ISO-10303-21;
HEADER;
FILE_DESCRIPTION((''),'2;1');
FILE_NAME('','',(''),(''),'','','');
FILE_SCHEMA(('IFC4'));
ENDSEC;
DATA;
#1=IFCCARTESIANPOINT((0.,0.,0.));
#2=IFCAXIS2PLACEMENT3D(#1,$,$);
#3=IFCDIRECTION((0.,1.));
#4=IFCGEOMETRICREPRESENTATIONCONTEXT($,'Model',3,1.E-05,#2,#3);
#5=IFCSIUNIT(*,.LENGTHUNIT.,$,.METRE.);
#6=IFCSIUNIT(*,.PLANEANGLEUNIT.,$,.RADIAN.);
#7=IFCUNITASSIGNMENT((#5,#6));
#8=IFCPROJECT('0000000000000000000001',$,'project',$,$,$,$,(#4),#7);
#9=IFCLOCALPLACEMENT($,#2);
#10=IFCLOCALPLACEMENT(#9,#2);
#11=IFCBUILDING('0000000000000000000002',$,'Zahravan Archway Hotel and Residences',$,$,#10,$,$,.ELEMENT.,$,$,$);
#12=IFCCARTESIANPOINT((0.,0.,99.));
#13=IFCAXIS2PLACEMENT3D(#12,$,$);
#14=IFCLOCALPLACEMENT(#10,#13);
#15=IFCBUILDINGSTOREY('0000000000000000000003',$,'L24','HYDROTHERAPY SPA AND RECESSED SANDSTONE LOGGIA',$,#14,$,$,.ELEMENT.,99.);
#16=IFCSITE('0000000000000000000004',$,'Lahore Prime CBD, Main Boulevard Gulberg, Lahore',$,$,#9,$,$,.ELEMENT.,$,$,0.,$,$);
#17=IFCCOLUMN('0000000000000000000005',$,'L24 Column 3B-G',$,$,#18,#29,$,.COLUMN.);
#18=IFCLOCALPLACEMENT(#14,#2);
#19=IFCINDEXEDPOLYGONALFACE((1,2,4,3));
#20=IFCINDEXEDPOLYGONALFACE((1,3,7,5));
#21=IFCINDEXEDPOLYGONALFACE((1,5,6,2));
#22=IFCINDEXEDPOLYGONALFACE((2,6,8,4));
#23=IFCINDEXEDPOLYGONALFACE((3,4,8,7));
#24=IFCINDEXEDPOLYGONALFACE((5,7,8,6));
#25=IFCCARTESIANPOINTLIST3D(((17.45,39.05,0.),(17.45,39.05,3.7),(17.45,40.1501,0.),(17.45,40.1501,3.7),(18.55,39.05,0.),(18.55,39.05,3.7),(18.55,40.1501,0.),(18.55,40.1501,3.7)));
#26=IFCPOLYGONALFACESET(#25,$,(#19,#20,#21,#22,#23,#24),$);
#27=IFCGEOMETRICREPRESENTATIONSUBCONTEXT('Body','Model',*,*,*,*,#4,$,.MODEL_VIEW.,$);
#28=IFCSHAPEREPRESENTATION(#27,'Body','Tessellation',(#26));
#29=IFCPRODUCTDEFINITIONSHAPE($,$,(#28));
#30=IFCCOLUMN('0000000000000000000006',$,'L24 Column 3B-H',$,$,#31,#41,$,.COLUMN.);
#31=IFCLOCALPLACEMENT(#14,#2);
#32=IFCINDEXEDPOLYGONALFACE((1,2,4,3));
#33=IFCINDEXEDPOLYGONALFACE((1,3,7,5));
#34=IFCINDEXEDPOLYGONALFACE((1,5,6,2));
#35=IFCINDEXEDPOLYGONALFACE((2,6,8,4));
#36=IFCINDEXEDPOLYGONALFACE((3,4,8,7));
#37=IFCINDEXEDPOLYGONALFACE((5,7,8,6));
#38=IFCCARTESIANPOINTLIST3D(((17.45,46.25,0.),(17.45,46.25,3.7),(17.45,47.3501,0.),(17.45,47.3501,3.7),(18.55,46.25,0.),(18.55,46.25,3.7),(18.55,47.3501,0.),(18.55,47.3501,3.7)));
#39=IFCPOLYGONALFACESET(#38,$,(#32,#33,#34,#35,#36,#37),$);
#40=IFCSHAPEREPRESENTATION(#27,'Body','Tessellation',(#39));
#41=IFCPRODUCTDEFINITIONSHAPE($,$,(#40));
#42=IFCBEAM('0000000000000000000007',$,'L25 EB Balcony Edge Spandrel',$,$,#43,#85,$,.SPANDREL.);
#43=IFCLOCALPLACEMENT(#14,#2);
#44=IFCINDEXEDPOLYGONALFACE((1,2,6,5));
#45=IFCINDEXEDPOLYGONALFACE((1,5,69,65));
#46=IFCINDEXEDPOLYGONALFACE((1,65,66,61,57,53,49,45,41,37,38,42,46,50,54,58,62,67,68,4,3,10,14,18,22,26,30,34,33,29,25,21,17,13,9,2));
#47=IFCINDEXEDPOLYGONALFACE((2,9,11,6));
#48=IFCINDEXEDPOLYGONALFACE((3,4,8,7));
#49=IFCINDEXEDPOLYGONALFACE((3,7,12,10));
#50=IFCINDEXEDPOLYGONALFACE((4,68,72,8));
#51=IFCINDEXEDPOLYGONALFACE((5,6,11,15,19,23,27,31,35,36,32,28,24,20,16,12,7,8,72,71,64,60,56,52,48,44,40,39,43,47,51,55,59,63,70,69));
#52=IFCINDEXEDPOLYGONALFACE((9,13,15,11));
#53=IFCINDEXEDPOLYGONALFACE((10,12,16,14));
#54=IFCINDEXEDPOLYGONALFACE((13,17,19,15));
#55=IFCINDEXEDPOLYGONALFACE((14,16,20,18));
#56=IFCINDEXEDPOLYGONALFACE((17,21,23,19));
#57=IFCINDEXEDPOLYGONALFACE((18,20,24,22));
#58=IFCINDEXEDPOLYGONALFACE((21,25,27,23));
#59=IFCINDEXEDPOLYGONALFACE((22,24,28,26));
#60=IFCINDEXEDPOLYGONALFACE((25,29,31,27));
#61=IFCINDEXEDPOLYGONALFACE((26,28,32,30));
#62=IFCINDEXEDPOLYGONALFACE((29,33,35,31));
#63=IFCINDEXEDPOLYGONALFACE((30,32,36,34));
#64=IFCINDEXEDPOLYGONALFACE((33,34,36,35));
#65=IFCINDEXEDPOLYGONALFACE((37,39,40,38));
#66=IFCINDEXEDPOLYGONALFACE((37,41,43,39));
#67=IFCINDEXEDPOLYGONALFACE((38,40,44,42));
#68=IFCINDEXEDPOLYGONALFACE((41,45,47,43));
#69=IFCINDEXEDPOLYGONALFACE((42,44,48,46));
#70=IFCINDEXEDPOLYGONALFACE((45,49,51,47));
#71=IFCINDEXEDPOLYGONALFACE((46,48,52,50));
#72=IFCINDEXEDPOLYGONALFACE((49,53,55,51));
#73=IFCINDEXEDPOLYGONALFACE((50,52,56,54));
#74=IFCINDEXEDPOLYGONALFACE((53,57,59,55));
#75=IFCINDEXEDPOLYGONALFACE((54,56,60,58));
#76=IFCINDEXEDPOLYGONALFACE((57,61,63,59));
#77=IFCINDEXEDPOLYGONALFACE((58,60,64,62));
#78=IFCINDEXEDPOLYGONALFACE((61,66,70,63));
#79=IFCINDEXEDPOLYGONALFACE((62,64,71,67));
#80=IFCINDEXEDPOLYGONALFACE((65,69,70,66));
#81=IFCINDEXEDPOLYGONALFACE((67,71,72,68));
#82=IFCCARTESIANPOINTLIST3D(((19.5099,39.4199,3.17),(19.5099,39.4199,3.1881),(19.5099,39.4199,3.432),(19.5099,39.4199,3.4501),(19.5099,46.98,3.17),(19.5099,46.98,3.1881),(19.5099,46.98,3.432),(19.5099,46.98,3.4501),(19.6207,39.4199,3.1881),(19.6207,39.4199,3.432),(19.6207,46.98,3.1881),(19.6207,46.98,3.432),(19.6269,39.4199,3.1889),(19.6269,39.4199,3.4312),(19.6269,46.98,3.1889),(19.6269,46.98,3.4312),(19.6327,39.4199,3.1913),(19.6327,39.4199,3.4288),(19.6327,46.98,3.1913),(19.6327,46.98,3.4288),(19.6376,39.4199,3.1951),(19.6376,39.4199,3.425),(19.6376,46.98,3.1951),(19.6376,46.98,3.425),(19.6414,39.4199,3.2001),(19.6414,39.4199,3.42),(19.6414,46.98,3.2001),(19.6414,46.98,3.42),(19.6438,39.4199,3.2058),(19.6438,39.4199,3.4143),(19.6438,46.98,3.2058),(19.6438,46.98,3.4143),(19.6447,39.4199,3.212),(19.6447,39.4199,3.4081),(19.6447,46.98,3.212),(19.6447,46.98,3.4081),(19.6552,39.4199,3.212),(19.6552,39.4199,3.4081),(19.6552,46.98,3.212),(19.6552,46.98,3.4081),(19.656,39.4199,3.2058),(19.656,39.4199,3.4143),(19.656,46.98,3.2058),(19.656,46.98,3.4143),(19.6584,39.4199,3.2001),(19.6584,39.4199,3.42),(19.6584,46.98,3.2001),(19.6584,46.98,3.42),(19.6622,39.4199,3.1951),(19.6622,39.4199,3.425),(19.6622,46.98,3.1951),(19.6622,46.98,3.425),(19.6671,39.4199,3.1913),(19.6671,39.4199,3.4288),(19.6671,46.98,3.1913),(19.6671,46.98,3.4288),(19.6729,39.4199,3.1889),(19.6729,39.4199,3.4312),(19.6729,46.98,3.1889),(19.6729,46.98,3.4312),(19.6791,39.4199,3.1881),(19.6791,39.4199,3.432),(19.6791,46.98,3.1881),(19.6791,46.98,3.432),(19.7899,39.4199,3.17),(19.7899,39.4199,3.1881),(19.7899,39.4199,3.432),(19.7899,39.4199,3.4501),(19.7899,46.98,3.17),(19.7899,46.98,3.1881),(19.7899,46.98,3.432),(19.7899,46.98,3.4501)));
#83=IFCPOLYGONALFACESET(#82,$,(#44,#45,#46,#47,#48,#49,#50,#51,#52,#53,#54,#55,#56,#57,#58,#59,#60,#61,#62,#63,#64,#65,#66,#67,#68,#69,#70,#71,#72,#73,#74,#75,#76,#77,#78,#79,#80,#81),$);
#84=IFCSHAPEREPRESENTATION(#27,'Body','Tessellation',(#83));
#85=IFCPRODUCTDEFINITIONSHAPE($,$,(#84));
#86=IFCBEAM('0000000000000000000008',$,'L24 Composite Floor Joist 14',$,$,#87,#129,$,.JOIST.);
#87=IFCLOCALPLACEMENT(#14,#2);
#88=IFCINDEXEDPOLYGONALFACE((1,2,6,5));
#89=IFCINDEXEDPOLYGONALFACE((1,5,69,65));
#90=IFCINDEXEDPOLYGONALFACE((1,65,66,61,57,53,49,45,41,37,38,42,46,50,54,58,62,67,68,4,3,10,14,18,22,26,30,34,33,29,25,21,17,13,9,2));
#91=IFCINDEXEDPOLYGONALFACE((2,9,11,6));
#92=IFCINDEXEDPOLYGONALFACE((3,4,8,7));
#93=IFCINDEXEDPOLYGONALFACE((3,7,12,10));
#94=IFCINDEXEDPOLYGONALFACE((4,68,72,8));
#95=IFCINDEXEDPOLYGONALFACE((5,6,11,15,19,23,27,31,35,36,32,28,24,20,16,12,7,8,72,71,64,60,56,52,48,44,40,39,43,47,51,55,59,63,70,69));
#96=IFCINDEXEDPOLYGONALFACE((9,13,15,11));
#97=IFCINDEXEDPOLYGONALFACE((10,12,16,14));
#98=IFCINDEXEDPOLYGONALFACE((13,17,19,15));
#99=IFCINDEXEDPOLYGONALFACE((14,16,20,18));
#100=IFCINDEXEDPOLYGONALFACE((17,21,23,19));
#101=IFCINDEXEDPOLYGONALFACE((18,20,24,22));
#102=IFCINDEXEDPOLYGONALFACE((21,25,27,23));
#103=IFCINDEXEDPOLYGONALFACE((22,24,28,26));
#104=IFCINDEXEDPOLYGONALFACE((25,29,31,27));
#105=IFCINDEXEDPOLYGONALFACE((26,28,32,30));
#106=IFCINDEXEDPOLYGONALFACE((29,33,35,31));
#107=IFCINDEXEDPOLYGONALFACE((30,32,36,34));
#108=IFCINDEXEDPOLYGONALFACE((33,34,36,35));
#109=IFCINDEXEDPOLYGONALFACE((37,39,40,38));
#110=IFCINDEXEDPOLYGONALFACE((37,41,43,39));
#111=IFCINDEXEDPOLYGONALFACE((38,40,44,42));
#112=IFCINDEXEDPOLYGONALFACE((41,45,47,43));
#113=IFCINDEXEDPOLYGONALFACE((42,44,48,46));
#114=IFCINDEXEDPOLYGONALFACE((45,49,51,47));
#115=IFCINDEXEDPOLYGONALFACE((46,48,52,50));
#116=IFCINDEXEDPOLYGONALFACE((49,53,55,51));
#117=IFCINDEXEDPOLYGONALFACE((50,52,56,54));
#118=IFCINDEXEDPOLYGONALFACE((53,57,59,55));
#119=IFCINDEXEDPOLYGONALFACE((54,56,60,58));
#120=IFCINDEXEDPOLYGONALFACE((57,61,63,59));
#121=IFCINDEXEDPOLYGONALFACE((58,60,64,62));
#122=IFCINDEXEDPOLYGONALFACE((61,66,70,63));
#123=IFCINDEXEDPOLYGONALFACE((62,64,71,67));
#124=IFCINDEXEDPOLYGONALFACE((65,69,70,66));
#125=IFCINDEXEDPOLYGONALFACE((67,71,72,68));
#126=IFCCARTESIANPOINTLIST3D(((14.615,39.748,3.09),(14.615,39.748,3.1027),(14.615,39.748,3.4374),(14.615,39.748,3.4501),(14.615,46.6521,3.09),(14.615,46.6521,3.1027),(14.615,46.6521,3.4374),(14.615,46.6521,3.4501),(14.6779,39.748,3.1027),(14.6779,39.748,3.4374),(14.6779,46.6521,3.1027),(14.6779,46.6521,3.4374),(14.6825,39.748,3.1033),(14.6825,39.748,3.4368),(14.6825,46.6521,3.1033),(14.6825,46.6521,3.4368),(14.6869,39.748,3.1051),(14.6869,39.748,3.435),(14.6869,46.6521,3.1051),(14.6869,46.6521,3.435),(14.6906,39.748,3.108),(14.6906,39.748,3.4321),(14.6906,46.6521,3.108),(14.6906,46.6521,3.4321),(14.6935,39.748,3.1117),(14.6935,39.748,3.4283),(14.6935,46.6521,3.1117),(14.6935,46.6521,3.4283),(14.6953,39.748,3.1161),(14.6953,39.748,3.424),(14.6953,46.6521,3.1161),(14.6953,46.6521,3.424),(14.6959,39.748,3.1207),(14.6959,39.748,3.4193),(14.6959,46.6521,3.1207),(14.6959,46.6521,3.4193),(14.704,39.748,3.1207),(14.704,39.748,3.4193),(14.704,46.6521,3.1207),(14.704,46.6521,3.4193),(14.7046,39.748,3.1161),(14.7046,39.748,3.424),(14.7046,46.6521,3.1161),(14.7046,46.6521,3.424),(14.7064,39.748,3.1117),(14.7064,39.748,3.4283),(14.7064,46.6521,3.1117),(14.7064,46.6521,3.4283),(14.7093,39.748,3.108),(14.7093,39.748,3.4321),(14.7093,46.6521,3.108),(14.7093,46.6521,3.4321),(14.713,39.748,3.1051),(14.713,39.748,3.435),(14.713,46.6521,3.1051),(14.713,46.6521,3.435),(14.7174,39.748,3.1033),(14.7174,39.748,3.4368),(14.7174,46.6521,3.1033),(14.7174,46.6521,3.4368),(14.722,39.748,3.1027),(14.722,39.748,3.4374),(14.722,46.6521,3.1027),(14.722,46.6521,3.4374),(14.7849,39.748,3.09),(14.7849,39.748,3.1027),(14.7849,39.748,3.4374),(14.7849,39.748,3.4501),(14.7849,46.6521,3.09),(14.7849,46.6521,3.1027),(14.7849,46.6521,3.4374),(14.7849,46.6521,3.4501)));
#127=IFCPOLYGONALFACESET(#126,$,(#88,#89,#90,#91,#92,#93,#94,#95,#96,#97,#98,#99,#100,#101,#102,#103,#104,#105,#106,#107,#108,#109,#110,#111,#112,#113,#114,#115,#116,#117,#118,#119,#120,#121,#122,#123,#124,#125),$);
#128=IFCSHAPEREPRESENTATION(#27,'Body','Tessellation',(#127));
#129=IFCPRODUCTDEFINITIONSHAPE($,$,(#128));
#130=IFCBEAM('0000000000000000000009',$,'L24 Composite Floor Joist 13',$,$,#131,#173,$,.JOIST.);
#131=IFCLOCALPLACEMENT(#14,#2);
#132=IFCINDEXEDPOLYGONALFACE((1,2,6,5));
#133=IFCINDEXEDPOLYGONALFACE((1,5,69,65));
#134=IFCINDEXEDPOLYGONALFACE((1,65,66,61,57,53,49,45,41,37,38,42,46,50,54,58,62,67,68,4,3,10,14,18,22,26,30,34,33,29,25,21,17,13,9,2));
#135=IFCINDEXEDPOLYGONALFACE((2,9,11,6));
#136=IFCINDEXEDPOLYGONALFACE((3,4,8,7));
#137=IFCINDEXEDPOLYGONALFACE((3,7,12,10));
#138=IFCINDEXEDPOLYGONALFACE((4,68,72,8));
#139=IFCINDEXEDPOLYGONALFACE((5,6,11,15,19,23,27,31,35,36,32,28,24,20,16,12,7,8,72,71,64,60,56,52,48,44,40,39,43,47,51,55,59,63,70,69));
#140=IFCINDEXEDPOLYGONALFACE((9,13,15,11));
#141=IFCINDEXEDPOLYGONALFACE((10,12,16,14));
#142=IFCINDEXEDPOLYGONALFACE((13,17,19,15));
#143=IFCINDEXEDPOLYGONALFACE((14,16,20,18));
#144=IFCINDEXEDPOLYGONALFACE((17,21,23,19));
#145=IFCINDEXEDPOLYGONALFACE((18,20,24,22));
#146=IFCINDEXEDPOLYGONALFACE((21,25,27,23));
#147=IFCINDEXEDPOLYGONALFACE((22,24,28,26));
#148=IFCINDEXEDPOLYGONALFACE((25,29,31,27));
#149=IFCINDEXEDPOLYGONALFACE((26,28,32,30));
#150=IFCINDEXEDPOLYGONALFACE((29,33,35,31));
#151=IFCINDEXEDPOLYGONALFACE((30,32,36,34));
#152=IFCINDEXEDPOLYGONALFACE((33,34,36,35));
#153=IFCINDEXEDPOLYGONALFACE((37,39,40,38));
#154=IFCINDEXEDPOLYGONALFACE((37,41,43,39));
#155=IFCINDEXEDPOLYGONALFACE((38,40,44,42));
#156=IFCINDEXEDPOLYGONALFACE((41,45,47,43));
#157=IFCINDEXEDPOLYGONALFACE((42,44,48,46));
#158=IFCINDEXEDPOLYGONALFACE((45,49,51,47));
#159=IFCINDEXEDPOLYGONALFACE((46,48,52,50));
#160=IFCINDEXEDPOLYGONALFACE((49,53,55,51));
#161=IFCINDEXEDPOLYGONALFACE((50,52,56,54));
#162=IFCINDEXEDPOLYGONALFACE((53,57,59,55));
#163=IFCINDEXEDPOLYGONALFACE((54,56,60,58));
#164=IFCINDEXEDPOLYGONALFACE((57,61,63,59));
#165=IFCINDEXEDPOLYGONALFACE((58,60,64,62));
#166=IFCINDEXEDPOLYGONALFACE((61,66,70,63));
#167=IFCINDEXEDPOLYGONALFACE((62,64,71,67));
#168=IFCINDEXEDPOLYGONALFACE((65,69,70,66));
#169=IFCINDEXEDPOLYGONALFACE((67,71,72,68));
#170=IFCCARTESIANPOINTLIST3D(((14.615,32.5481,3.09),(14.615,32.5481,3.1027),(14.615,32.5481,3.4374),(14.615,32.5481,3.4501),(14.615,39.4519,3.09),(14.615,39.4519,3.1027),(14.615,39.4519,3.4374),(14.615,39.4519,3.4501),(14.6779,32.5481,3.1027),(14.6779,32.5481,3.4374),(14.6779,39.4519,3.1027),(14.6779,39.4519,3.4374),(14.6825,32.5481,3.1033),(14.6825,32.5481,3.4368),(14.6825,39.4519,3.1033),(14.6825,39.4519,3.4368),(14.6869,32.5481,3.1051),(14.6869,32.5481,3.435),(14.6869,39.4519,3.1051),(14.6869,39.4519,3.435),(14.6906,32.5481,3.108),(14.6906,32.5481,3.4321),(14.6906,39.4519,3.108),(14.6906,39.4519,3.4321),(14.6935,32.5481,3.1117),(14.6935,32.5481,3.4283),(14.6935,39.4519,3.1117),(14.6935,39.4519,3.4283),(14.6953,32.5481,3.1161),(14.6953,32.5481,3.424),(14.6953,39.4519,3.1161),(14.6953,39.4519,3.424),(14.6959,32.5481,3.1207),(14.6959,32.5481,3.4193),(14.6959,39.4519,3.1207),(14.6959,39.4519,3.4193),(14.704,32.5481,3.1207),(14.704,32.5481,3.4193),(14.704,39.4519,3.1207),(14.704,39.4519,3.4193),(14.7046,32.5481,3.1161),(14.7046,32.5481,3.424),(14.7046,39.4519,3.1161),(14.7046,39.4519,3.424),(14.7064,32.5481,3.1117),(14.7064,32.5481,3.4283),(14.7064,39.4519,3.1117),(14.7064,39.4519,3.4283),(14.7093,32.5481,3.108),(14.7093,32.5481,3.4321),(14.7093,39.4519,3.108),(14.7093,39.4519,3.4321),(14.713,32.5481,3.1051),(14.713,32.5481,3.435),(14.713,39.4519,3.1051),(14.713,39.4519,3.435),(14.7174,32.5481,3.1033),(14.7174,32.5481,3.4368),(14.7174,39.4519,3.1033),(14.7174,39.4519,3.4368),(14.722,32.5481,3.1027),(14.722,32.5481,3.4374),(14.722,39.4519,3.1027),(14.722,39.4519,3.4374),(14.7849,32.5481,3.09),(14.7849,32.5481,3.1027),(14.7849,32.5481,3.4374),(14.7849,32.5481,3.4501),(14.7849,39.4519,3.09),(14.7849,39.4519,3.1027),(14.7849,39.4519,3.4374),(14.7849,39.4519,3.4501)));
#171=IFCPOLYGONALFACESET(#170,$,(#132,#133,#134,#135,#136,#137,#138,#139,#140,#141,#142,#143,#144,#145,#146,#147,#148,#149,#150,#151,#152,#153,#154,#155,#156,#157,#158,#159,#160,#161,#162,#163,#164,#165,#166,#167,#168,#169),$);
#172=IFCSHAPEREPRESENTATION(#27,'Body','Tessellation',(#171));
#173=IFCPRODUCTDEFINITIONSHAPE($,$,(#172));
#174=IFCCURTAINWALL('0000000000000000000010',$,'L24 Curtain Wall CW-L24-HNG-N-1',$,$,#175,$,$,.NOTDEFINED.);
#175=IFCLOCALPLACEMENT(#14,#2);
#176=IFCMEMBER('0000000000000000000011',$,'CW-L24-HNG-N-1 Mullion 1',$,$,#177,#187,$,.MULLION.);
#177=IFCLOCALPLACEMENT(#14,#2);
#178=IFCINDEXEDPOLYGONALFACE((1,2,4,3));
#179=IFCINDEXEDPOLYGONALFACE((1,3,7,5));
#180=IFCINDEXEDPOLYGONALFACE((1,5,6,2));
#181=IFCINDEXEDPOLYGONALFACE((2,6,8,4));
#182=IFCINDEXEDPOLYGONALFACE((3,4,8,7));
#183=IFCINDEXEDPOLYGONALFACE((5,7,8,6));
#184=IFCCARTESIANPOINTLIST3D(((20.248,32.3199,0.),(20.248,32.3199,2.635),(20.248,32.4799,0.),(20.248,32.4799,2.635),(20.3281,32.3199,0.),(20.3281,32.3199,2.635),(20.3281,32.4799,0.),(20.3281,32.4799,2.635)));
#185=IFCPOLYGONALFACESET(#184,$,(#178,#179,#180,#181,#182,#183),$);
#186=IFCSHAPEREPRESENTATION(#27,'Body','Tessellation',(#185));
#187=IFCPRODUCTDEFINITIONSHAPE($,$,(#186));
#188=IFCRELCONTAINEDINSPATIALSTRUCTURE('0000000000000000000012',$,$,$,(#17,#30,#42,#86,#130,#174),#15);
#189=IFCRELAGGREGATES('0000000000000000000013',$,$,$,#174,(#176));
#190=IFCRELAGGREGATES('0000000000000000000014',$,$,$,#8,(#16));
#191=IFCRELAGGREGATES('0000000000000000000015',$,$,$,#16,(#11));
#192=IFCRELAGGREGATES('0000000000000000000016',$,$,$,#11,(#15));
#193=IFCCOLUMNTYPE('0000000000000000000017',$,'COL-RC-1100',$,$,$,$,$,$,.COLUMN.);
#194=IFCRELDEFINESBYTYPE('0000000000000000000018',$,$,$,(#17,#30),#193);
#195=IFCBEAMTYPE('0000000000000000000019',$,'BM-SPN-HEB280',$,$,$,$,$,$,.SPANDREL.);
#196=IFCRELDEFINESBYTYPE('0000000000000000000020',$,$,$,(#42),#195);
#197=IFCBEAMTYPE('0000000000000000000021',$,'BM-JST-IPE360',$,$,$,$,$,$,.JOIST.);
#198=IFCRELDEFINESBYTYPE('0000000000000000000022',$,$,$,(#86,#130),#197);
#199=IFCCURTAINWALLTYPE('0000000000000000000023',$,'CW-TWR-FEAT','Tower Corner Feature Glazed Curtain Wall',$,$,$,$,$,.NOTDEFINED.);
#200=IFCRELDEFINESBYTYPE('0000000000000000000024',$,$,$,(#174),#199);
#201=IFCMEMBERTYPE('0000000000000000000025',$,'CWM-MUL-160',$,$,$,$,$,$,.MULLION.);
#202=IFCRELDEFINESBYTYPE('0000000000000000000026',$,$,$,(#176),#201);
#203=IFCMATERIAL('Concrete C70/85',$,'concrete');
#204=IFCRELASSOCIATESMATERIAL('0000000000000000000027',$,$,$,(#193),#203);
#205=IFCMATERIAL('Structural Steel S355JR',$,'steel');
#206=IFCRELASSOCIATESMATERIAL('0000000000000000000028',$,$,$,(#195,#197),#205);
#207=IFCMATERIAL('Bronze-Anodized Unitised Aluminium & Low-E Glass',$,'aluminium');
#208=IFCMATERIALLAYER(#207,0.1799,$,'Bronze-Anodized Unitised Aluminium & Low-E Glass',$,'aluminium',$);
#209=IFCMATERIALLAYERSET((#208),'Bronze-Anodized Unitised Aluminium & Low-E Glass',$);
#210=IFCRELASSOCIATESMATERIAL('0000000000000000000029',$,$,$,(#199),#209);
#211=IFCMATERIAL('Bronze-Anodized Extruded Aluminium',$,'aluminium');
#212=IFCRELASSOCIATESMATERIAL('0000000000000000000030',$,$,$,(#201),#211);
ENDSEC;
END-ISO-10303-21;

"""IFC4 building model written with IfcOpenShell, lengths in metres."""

from ifc_helpers import new_model, si_unit, direction, frame, origin, origin_2d, place, context, subcontext, project, spatial, rectangle, i_section, extrude, source, transform, mapped, material, layer, layer_set, material_profile, profile_set, type_object, type_shapes, element, aggregate, save


model = new_model("IFC4")

# Units and contexts
model_context = context("Model", 3, precision=1e-05, world=origin(), true_north=direction((0.0, 1.0)))
body_context = subcontext(model_context, "Body", "Model", "MODEL_VIEW")
ifc_project = project(units=[si_unit("LENGTHUNIT", "METRE"), si_unit("PLANEANGLEUNIT", "RADIAN")], contexts=[model_context])

# Site, building, storey
site_placement = place(None, origin())
site = spatial("IfcSite", under=ifc_project, at=site_placement, Name="Lahore Prime CBD, Main Boulevard Gulberg, Lahore", CompositionType="ELEMENT", RefElevation=0.0)
building_placement = place(site_placement, origin())
building = spatial("IfcBuilding", under=site, at=building_placement, Name="Zahravan Archway Hotel and Residences", CompositionType="ELEMENT")
storey_placement = place(building_placement, frame((0.0, 0.0, 99.0)))
storey = spatial("IfcBuildingStorey", under=building, at=storey_placement, Name="L24", Description="HYDROTHERAPY SPA AND RECESSED SANDSTONE LOGGIA", CompositionType="ELEMENT", Elevation=99.0)

# Columns
ifc_material_1 = material(Name="Concrete C70/85", Category="concrete")
ifc_material_profile_1 = material_profile(ifc_material_1, rectangle(XDim=1.1001, YDim=1.1001, at=origin_2d()), Name="RC 1100x1100", Category="concrete")
ifc_profile_set_1 = profile_set([ifc_material_profile_1], Name="Concrete C70/85")
column_type = type_object("IfcColumnType", Name="COL-RC-1100", PredefinedType="COLUMN", material=ifc_profile_set_1)
shared_shape_1 = source(origin(), body_context, "Body", "SweptSolid", [
    extrude(rectangle(XDim=1.1001, YDim=1.1001, at=origin_2d()), origin(), (0.0, 0.0, 1.0), 3.7),
])
for number, where, z_axis, x_axis, name in (
    (1, (18.0, 39.6001, 0.0), (0.0, 0.0, 1.0), (1.0, 0.0, 0.0), "L24 Column 3B-G"),
    (2, (18.0, 46.8, 0.0), (0.0, 0.0, 1.0), (1.0, 0.0, 0.0), "L24 Column 3B-H"),
):
    element("IfcColumn", number, at=place(storey_placement, frame(where, z_axis=z_axis, x_axis=x_axis)), inside=storey, type_object=column_type, Name=name, PredefinedType="COLUMN", context=body_context, shape_type="MappedRepresentation", body=[
        mapped(shared_shape_1, transform((0.0, 0.0, 0.0), scale=1.0)),
    ])

# Beams
ifc_material_2 = material(Name="Structural Steel S355JR", Category="steel")
ifc_material_profile_2 = material_profile(ifc_material_2, i_section(OverallWidth=0.28, OverallDepth=0.28, WebThickness=0.0105, FlangeThickness=0.0181, FilletRadius=0.0239, at=origin_2d()), Name="HEB 280", Category="steel")
ifc_profile_set_2 = profile_set([ifc_material_profile_2], Name="Structural Steel S355JR")
beam_type_1 = type_object("IfcBeamType", Name="BM-SPN-HEB280", PredefinedType="SPANDREL", material=ifc_profile_set_2)
shared_shape_2 = source(origin(), body_context, "Body", "SweptSolid", [
    extrude(i_section(OverallWidth=0.28, OverallDepth=0.28, WebThickness=0.0105, FlangeThickness=0.0181, FilletRadius=0.0239, at=origin_2d()), origin(), (0.0, 0.0, 1.0), 7.5601),
])
type_shapes(beam_type_1, [shared_shape_2])
beam_1_placement = place(storey_placement, frame((19.6499, 39.4199, 3.3101), z_axis=(0.0, 1.0, 0.0), x_axis=(-1.0, 0.0, 0.0)))
element("IfcBeam", 3, at=beam_1_placement, inside=storey, type_object=beam_type_1, Name="L25 EB Balcony Edge Spandrel", PredefinedType="SPANDREL", context=body_context, shape_type="MappedRepresentation", body=[
    mapped(shared_shape_2, transform((0.0, 0.0, 0.0), scale=1.0)),
])
ifc_material_profile_3 = material_profile(ifc_material_2, i_section(OverallWidth=0.1699, OverallDepth=0.3601, WebThickness=0.0081, FlangeThickness=0.0127, FilletRadius=0.0181, at=origin_2d()), Name="IPE 360", Category="steel")
ifc_profile_set_3 = profile_set([ifc_material_profile_3], Name="Structural Steel S355JR")
beam_type_2 = type_object("IfcBeamType", Name="BM-JST-IPE360", PredefinedType="JOIST", material=ifc_profile_set_3)
shared_shape_3 = source(origin(), body_context, "Body", "SweptSolid", [
    extrude(i_section(OverallWidth=0.1699, OverallDepth=0.3601, WebThickness=0.0081, FlangeThickness=0.0127, FilletRadius=0.0181, at=origin_2d()), origin(), (0.0, 0.0, 1.0), 6.9041),
])
type_shapes(beam_type_2, [shared_shape_3])
beam_2_placement = place(storey_placement, frame((14.7, 39.748, 3.27), z_axis=(0.0, 1.0, 0.0), x_axis=(-1.0, 0.0, 0.0)))
element("IfcBeam", 4, at=beam_2_placement, inside=storey, type_object=beam_type_2, Name="L24 Composite Floor Joist 14", PredefinedType="JOIST", context=body_context, shape_type="MappedRepresentation", body=[
    mapped(shared_shape_3, transform((0.0, 0.0, 0.0), scale=1.0)),
])
shared_shape_4 = source(origin(), body_context, "Body", "SweptSolid", [
    extrude(i_section(OverallWidth=0.1699, OverallDepth=0.3601, WebThickness=0.0081, FlangeThickness=0.0127, FilletRadius=0.0181, at=origin_2d()), origin(), (0.0, 0.0, 1.0), 6.9038),
])
beam_3_placement = place(storey_placement, frame((14.7, 32.5481, 3.27), z_axis=(0.0, 1.0, 0.0), x_axis=(-1.0, 0.0, 0.0)))
element("IfcBeam", 5, at=beam_3_placement, inside=storey, type_object=beam_type_2, Name="L24 Composite Floor Joist 13", PredefinedType="JOIST", context=body_context, shape_type="MappedRepresentation", body=[
    mapped(shared_shape_4, transform((0.0, 0.0, 0.0), scale=1.0)),
])

# Curtain wall, member
ifc_material_3 = material(Name="Bronze-Anodized Unitised Aluminium & Low-E Glass", Category="aluminium")
ifc_layer_1 = layer(ifc_material_3, 0.1799, Name="Bronze-Anodized Unitised Aluminium & Low-E Glass", Category="aluminium")
ifc_layer_set_1 = layer_set([ifc_layer_1], Name="Bronze-Anodized Unitised Aluminium & Low-E Glass")
curtain_wall_type = type_object("IfcCurtainWallType", Name="CW-TWR-FEAT", Description="Tower Corner Feature Glazed Curtain Wall", PredefinedType="NOTDEFINED", material=ifc_layer_set_1)
curtain_wall_placement = place(storey_placement, origin())
curtain_wall = element("IfcCurtainWall", 6, at=curtain_wall_placement, inside=storey, type_object=curtain_wall_type, Name="L24 Curtain Wall CW-L24-HNG-N-1", PredefinedType="NOTDEFINED")
ifc_material_4 = material(Name="Bronze-Anodized Extruded Aluminium", Category="aluminium")
ifc_material_profile_4 = material_profile(ifc_material_4, rectangle(XDim=0.0801, YDim=0.1599, at=origin_2d()), Name="MUL 80x160", Category="aluminium")
ifc_profile_set_4 = profile_set([ifc_material_profile_4], Name="Bronze-Anodized Extruded Aluminium")
member_type_1 = type_object("IfcMemberType", Name="CWM-MUL-160", PredefinedType="MULLION", material=ifc_profile_set_4)
shared_shape_5 = source(origin(), body_context, "Body", "SweptSolid", [
    extrude(rectangle(XDim=0.0801, YDim=0.1599, at=origin_2d()), origin(), (0.0, 0.0, 1.0), 2.635),
])
member_1_placement = place(storey_placement, frame((20.2881, 32.3999, 0.0), z_axis=(0.0, 0.0, 1.0), x_axis=(1.0, 0.0, 0.0)))
member_1 = element("IfcMember", 7, at=member_1_placement, type_object=member_type_1, Name="CW-L24-HNG-N-1 Mullion 1", PredefinedType="MULLION", context=body_context, shape_type="MappedRepresentation", body=[
    mapped(shared_shape_5, transform((0.0, 0.0, 0.0), scale=1.0)),
])
aggregate(curtain_wall, [member_1])

save(model, "model.ifc")
